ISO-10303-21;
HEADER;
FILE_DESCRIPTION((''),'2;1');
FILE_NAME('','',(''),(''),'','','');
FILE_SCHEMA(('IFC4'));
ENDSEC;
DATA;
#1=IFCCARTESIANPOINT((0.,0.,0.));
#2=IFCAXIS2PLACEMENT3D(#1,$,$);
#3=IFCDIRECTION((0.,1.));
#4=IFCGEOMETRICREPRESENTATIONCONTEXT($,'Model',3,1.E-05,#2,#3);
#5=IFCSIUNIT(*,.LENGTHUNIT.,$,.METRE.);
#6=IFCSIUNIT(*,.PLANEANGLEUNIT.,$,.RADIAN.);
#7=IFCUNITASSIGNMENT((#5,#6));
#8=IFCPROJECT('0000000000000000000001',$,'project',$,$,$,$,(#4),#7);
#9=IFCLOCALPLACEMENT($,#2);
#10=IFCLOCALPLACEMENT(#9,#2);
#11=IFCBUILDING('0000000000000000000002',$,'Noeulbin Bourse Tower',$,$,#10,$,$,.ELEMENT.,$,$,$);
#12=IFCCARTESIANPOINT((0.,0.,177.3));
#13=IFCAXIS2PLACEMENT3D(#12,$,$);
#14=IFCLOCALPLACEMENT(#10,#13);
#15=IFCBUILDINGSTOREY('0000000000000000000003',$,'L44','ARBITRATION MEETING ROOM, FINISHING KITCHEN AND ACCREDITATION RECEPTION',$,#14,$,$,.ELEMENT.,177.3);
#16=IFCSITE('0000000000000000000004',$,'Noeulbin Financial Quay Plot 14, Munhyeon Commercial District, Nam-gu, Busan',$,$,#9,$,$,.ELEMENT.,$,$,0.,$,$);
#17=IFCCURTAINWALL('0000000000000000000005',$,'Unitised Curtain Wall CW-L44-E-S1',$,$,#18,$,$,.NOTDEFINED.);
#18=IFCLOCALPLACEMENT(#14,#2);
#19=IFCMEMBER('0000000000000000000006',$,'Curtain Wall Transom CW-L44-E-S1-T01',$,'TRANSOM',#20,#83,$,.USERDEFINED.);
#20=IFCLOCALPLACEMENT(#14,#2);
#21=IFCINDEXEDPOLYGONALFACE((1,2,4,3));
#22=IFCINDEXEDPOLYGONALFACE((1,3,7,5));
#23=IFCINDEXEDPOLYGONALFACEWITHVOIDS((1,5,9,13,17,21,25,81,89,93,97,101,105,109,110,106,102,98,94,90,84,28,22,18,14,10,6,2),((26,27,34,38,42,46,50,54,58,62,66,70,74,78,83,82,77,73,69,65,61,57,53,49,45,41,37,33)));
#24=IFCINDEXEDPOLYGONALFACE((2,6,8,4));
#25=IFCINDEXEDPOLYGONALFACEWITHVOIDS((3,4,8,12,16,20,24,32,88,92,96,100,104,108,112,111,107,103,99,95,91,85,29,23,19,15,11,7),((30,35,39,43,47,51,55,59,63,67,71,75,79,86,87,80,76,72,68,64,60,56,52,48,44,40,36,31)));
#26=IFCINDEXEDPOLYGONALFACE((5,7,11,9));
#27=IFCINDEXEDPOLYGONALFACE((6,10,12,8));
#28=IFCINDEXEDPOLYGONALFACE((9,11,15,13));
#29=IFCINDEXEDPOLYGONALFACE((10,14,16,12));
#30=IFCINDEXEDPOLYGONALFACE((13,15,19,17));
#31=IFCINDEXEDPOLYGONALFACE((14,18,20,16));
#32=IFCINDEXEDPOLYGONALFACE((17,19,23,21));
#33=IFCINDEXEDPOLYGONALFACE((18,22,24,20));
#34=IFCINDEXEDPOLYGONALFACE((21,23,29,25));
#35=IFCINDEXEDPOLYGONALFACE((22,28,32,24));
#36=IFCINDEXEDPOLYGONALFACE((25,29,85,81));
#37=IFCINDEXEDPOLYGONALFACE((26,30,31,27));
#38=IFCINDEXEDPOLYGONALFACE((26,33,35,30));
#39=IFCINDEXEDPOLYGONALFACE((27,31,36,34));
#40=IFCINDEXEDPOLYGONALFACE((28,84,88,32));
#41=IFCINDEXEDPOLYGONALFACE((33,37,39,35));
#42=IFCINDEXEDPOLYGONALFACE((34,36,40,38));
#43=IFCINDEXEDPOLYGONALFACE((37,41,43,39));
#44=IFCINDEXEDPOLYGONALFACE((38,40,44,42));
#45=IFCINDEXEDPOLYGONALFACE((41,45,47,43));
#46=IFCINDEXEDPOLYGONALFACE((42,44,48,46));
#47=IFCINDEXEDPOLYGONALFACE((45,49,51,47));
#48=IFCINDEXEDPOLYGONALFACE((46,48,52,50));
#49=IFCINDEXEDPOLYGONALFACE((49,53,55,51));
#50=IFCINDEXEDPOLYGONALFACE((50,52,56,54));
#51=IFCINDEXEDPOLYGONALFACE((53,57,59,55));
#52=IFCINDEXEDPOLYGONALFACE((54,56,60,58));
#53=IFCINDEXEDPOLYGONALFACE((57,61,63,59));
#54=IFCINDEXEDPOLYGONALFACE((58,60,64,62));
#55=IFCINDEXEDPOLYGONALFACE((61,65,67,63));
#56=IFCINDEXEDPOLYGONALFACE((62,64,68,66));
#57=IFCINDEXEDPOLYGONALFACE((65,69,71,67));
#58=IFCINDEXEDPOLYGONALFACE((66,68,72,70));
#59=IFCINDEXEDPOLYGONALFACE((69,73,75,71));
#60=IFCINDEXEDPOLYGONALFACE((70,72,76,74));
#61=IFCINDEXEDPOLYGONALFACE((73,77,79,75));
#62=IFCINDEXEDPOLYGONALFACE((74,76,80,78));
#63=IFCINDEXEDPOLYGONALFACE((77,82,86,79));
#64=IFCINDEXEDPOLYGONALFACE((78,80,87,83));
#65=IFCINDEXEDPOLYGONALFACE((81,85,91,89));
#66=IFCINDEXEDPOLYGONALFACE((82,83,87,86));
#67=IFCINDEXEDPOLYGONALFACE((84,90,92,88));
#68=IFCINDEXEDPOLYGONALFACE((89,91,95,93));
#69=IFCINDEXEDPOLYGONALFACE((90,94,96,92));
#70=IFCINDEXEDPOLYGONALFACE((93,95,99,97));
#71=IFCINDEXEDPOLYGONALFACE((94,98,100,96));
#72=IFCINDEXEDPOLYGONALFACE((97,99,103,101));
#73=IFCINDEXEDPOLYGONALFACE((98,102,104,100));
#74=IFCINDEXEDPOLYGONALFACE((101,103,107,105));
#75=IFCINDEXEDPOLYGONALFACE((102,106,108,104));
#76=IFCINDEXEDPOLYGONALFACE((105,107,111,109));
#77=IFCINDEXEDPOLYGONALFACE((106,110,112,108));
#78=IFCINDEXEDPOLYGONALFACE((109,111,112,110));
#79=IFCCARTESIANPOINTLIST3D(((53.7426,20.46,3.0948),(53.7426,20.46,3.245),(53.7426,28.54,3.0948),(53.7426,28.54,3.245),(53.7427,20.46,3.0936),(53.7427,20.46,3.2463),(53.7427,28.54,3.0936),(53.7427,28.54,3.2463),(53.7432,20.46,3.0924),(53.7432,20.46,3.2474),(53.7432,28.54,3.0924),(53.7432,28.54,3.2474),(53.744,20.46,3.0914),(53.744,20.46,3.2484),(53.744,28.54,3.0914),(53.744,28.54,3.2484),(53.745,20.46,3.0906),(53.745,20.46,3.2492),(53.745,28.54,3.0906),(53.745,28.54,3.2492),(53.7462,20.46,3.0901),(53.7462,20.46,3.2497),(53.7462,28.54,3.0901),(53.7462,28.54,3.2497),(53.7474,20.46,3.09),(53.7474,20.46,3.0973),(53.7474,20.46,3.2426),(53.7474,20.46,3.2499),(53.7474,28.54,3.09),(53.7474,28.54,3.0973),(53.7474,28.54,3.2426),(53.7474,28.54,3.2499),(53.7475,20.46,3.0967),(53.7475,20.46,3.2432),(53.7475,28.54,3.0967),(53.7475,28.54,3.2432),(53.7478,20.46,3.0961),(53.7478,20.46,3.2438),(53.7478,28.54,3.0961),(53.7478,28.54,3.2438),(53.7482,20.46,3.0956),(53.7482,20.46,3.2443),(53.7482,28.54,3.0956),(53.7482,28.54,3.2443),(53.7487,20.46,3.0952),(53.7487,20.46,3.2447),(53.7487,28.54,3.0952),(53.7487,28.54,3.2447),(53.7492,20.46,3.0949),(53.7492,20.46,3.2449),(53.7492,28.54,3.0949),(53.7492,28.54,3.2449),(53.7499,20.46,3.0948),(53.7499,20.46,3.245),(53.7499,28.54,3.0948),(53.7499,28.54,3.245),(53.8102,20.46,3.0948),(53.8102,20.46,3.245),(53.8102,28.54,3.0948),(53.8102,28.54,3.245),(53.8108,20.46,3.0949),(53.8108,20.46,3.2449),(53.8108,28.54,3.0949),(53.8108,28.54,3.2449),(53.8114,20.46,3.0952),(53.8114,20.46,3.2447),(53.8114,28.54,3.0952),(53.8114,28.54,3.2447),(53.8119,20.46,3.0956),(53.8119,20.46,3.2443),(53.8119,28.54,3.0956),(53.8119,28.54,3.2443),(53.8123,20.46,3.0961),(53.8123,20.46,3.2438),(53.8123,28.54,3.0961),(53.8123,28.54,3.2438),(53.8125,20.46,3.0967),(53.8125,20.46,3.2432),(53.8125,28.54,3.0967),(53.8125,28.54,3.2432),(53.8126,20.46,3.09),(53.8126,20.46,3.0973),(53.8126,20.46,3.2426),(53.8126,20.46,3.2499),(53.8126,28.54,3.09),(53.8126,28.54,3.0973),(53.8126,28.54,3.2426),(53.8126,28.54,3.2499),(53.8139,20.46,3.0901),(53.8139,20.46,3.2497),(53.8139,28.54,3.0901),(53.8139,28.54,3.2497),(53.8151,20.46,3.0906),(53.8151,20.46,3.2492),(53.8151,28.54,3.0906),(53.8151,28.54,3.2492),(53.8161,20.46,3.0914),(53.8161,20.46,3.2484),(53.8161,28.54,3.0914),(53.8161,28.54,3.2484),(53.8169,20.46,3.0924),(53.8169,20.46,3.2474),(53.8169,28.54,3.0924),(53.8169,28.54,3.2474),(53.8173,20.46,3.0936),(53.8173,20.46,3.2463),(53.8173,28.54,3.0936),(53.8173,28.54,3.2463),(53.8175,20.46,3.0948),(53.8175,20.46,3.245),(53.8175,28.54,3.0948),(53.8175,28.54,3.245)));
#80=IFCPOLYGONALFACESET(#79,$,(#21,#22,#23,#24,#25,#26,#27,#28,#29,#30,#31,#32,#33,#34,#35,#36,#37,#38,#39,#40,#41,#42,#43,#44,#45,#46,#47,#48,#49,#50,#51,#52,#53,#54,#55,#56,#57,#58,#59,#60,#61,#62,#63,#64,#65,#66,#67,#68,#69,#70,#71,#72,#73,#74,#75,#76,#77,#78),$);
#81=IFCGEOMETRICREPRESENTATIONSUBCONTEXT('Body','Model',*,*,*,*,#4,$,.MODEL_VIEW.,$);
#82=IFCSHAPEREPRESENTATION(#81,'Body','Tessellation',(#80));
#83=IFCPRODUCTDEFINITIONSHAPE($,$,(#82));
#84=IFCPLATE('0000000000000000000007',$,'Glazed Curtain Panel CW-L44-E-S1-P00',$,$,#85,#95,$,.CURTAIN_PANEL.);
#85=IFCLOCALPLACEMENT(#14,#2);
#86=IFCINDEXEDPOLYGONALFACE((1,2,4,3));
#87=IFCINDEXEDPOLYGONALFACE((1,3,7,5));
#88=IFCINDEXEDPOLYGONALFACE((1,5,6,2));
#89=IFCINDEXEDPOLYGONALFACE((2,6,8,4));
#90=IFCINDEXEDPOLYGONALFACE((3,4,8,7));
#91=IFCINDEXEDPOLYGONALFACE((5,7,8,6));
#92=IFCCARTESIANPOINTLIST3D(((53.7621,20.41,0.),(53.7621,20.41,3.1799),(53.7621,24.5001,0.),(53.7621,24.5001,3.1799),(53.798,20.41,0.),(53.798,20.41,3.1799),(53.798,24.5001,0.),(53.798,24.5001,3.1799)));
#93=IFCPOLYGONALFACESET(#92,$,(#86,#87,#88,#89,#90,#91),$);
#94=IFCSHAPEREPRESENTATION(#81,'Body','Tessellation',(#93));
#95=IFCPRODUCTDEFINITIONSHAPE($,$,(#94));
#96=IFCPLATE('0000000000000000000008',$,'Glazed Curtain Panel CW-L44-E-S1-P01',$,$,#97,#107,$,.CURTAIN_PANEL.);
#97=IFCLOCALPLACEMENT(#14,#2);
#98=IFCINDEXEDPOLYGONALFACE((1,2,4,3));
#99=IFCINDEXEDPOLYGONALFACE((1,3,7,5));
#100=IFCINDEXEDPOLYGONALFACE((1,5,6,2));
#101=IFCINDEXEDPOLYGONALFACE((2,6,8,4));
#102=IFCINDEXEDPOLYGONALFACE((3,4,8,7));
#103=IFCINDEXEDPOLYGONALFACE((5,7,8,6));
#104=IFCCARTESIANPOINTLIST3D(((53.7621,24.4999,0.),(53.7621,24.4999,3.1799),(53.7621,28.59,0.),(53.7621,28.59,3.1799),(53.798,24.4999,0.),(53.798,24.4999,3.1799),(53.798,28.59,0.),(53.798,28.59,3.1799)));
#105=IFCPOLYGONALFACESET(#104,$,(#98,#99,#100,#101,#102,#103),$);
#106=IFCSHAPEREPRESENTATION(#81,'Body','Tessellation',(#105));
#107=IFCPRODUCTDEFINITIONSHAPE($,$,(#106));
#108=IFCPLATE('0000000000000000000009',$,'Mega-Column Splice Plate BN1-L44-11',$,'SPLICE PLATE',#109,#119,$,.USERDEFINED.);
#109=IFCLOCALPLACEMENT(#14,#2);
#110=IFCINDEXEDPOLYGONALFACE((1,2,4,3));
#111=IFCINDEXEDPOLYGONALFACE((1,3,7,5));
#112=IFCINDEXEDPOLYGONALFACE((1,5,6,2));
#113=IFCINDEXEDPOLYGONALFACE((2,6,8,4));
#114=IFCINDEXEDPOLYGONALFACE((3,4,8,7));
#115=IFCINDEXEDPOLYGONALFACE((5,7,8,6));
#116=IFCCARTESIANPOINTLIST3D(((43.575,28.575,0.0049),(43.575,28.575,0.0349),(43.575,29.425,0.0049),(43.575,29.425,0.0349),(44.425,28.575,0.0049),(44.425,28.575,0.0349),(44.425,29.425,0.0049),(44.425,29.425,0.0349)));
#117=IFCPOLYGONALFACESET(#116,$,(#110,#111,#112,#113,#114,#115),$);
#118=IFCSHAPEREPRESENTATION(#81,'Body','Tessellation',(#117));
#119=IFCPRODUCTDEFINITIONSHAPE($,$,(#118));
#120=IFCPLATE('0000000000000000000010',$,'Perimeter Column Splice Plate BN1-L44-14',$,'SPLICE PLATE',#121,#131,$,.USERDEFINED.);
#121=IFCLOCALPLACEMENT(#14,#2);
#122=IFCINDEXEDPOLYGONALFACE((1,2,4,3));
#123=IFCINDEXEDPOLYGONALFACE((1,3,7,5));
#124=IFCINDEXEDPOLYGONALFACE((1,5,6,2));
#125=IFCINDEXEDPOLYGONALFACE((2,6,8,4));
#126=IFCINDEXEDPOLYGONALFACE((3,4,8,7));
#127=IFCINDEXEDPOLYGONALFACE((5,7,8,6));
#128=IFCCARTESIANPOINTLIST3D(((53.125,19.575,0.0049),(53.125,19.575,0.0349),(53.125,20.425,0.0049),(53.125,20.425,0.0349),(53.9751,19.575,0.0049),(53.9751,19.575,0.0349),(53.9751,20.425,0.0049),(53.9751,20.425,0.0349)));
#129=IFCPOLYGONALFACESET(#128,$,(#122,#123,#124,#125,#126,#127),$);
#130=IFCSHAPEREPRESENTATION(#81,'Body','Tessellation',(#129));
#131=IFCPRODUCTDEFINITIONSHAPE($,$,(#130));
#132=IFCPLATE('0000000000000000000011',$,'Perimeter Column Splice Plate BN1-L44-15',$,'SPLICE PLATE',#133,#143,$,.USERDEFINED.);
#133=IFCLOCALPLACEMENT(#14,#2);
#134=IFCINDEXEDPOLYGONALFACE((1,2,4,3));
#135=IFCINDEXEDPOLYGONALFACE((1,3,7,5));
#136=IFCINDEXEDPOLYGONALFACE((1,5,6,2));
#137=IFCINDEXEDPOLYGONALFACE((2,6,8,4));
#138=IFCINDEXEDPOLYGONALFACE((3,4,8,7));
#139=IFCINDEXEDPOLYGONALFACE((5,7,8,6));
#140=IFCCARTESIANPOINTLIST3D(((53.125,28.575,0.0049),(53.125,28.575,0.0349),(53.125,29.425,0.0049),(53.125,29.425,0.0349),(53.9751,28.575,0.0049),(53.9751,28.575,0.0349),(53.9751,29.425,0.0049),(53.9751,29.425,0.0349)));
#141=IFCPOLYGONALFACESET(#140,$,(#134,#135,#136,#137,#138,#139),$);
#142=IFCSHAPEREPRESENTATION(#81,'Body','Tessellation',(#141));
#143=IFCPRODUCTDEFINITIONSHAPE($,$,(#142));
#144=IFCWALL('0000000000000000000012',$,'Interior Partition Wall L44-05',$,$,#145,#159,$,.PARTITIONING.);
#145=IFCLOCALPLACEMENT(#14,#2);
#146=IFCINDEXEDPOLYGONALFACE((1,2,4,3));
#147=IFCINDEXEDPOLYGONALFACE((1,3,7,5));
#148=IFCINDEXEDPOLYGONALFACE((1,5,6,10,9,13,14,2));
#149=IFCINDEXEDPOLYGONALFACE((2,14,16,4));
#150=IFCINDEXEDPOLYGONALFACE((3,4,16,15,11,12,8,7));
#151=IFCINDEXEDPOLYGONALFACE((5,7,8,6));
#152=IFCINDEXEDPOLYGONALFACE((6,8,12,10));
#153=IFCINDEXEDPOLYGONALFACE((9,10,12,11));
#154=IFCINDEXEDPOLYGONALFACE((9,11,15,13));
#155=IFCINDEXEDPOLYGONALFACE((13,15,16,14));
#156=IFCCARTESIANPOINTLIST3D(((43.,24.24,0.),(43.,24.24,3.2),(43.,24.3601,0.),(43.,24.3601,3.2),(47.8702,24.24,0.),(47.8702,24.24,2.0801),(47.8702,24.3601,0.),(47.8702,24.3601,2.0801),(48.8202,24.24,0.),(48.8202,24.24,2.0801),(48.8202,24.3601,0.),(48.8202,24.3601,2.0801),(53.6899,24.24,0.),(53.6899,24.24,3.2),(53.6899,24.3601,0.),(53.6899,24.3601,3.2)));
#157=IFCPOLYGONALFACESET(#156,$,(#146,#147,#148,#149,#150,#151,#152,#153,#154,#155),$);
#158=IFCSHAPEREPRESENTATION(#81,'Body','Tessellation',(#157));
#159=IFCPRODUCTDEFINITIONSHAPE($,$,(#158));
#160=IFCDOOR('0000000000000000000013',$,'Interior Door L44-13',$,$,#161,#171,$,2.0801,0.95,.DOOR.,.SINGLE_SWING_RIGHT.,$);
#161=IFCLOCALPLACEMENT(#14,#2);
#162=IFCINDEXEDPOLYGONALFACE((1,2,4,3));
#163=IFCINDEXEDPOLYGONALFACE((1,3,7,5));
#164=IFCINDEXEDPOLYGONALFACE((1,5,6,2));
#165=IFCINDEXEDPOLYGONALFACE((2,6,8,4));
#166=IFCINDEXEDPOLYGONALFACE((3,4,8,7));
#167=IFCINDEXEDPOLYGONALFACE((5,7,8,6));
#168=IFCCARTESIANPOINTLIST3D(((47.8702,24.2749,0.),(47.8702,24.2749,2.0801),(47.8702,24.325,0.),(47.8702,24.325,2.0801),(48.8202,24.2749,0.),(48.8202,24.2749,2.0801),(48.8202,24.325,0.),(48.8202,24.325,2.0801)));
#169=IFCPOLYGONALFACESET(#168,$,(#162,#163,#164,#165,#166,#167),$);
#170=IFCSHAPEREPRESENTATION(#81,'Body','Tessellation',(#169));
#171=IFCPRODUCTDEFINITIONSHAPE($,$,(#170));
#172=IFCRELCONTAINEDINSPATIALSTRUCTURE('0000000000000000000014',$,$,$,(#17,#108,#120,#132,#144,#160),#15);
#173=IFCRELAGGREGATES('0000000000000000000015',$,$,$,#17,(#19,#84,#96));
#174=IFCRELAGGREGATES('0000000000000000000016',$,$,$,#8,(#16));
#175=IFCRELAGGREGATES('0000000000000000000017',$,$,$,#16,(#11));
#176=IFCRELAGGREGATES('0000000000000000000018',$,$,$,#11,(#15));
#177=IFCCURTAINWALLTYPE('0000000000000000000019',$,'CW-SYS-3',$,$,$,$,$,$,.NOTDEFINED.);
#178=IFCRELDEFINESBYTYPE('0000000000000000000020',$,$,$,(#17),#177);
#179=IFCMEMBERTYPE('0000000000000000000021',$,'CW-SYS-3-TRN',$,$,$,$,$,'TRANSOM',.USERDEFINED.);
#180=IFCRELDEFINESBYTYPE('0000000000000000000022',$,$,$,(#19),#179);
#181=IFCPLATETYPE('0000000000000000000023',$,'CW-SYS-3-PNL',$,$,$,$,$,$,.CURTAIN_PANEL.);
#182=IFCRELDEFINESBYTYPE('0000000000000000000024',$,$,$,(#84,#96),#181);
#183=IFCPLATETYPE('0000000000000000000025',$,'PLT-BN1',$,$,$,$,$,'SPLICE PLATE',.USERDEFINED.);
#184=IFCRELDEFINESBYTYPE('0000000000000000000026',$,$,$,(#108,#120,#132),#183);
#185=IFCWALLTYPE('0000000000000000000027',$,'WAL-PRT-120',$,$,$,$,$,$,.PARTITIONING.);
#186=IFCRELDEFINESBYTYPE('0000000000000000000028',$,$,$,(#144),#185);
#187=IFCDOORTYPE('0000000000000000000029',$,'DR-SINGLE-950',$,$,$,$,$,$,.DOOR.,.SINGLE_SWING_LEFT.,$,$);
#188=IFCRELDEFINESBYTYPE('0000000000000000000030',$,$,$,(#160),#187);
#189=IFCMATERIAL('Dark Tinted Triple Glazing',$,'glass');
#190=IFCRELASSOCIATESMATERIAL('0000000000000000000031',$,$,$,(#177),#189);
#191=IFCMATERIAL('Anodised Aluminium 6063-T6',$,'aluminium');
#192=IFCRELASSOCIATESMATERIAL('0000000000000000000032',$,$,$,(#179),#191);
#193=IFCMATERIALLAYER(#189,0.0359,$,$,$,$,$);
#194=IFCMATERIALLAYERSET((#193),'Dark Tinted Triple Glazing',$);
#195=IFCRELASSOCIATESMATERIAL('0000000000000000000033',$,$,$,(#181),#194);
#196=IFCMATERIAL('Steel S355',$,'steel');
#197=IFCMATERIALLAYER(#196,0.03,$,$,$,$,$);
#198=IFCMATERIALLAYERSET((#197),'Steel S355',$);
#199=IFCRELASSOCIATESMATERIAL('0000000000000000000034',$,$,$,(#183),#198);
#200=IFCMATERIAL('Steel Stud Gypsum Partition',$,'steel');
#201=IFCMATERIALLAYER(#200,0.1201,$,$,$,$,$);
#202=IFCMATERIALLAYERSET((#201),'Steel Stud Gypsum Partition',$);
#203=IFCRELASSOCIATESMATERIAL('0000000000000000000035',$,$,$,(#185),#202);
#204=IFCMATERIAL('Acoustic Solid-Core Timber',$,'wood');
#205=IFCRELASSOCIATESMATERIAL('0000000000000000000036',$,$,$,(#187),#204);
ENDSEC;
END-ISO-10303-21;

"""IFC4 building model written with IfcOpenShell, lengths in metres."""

from ifc_helpers import new_model, si_unit, direction, frame, frame_2d, origin, origin_2d, place, context, subcontext, project, spatial, rectangle, hollow_rectangle, extrude, material, layer, layer_set, material_profile, profile_set, type_object, element, fill, aggregate, save


model = new_model("IFC4")

# Units and contexts
model_context = context("Model", 3, precision=1e-05, world=origin(), true_north=direction((0.0, 1.0)))
body_context = subcontext(model_context, "Body", "Model", "MODEL_VIEW")
ifc_project = project(units=[si_unit("LENGTHUNIT", "METRE"), si_unit("PLANEANGLEUNIT", "RADIAN")], contexts=[model_context])

# Site, building, storey
site_placement = place(None, origin())
site = spatial("IfcSite", under=ifc_project, at=site_placement, Name="Noeulbin Financial Quay Plot 14, Munhyeon Commercial District, Nam-gu, Busan", CompositionType="ELEMENT", RefElevation=0.0)
building_placement = place(site_placement, origin())
building = spatial("IfcBuilding", under=site, at=building_placement, Name="Noeulbin Bourse Tower", CompositionType="ELEMENT")
storey_placement = place(building_placement, frame((0.0, 0.0, 177.3)))
storey = spatial("IfcBuildingStorey", under=building, at=storey_placement, Name="L44", Description="ARBITRATION MEETING ROOM, FINISHING KITCHEN AND ACCREDITATION RECEPTION", CompositionType="ELEMENT", Elevation=177.3)

# Shared definitions
ifc_material_1 = material(Name="Steel S355", Category="steel")

# Curtain wall, member, plates
ifc_material_2 = material(Name="Dark Tinted Triple Glazing", Category="glass")
curtain_wall_type = type_object("IfcCurtainWallType", Name="CW-SYS-3", PredefinedType="NOTDEFINED", material=ifc_material_2)
curtain_wall_placement = place(storey_placement, origin())
curtain_wall = element("IfcCurtainWall", 1, at=curtain_wall_placement, inside=storey, type_object=curtain_wall_type, Name="Unitised Curtain Wall CW-L44-E-S1", PredefinedType="NOTDEFINED")
ifc_material_3 = material(Name="Anodised Aluminium 6063-T6", Category="aluminium")
ifc_material_profile_1 = material_profile(ifc_material_3, hollow_rectangle(XDim=0.075, YDim=0.1599, WallThickness=0.0049, InnerFilletRadius=0.0024, OuterFilletRadius=0.0049, at=origin_2d()), Name="ALU-TRAN-75x160x5", Category="LoadBearing")
ifc_profile_set_1 = profile_set([ifc_material_profile_1], Name="Anodised Aluminium 6063-T6")
member_type_1 = type_object("IfcMemberType", Name="CW-SYS-3-TRN", ElementType="TRANSOM", PredefinedType="USERDEFINED", material=ifc_profile_set_1)
member_1_placement = place(storey_placement, frame((53.78, 20.46, 3.1699), z_axis=(0.0, 1.0, 0.0), x_axis=(-1.0, 0.0, 0.0)))
member_1 = element("IfcMember", 2, at=member_1_placement, type_object=member_type_1, Name="Curtain Wall Transom CW-L44-E-S1-T01", ObjectType="TRANSOM", PredefinedType="USERDEFINED", context=body_context, shape_type="SweptSolid", body=[
    extrude(hollow_rectangle(XDim=0.075, YDim=0.1599, WallThickness=0.0049, InnerFilletRadius=0.0024, OuterFilletRadius=0.0049, at=origin_2d()), origin(), (0.0, 0.0, 1.0), 8.0801),
])
ifc_layer_1 = layer(ifc_material_2, 0.0359)
ifc_layer_set_1 = layer_set([ifc_layer_1], Name="Dark Tinted Triple Glazing")
plate_type_1 = type_object("IfcPlateType", Name="CW-SYS-3-PNL", PredefinedType="CURTAIN_PANEL", material=ifc_layer_set_1)
plate_1_placement = place(storey_placement, frame((53.78, 22.4551, 0.0), z_axis=(0.0, 0.0, 1.0), x_axis=(0.0, 1.0, 0.0)))
plate_1 = element("IfcPlate", 3, at=plate_1_placement, type_object=plate_type_1, Name="Glazed Curtain Panel CW-L44-E-S1-P00", PredefinedType="CURTAIN_PANEL", context=body_context, shape_type="SweptSolid", body=[
    extrude(rectangle(XDim=4.0901, YDim=0.0359, at=origin_2d()), origin(), (0.0, 0.0, 1.0), 3.1799),
])
plate_2_placement = place(storey_placement, frame((53.78, 26.5449, 0.0), z_axis=(0.0, 0.0, 1.0), x_axis=(0.0, 1.0, 0.0)))
plate_2 = element("IfcPlate", 4, at=plate_2_placement, type_object=plate_type_1, Name="Glazed Curtain Panel CW-L44-E-S1-P01", PredefinedType="CURTAIN_PANEL", context=body_context, shape_type="SweptSolid", body=[
    extrude(rectangle(XDim=4.0901, YDim=0.0359, at=origin_2d()), origin(), (0.0, 0.0, 1.0), 3.1799),
])
aggregate(curtain_wall, [member_1, plate_1, plate_2])

# Plates
ifc_layer_2 = layer(ifc_material_1, 0.03)
ifc_layer_set_2 = layer_set([ifc_layer_2], Name="Steel S355")
plate_type_2 = type_object("IfcPlateType", Name="PLT-BN1", ElementType="SPLICE PLATE", PredefinedType="USERDEFINED", material=ifc_layer_set_2)
for number, where, z_axis, x_axis, name in (
    (5, (44.0, 29.0, 0.0049), (0.0, 0.0, 1.0), (1.0, 0.0, 0.0), "Mega-Column Splice Plate BN1-L44-11"),
    (6, (53.55, 20.0, 0.0049), (0.0, 0.0, 1.0), (1.0, 0.0, 0.0), "Perimeter Column Splice Plate BN1-L44-14"),
    (7, (53.55, 29.0, 0.0049), (0.0, 0.0, 1.0), (1.0, 0.0, 0.0), "Perimeter Column Splice Plate BN1-L44-15"),
):
    element("IfcPlate", number, at=place(storey_placement, frame(where, z_axis=z_axis, x_axis=x_axis)), inside=storey, type_object=plate_type_2, Name=name, ObjectType="SPLICE PLATE", PredefinedType="USERDEFINED", context=body_context, shape_type="SweptSolid", body=[
        extrude(rectangle(XDim=0.8501, YDim=0.8501, at=origin_2d()), origin(), (0.0, 0.0, 1.0), 0.03),
    ])

# Wall, opening, door
ifc_material_4 = material(Name="Steel Stud Gypsum Partition", Category="steel")
ifc_layer_3 = layer(ifc_material_4, 0.1201)
ifc_layer_set_3 = layer_set([ifc_layer_3], Name="Steel Stud Gypsum Partition")
wall_type_1 = type_object("IfcWallType", Name="WAL-PRT-120", PredefinedType="PARTITIONING", material=ifc_layer_set_3)
wall_1_placement = place(storey_placement, frame((43.0, 24.3, 0.0), z_axis=(0.0, 0.0, 1.0), x_axis=(1.0, 0.0, 0.0)))
wall_1 = element("IfcWall", 8, at=wall_1_placement, inside=storey, type_object=wall_type_1, Name="Interior Partition Wall L44-05", PredefinedType="PARTITIONING", context=body_context, shape_type="SweptSolid", body=[
    extrude(rectangle(XDim=10.6899, YDim=0.1201, at=frame_2d((5.345, 0.0))), origin(), (0.0, 0.0, 1.0), 3.2),
])
opening_1_placement = place(wall_1_placement, frame((4.8701, 0.0, 0.0)))
opening_1 = element("IfcOpeningElement", 9, at=opening_1_placement, cuts=wall_1, PredefinedType="OPENING", context=body_context, shape_type="SweptSolid", body=[
    extrude(rectangle(XDim=0.95, YDim=2.0801, at=frame_2d((0.4751, 1.04))), frame((0.0, 0.0701, 0.0), z_axis=(0.0, -1.0, 0.0), x_axis=(1.0, 0.0, 0.0)), (0.0, 0.0, 1.0), 0.1401),
])
ifc_material_5 = material(Name="Acoustic Solid-Core Timber", Category="wood")
door_type = type_object("IfcDoorType", Name="DR-SINGLE-950", OperationType="SINGLE_SWING_LEFT", PredefinedType="DOOR", material=ifc_material_5)
door_1_placement = place(opening_1_placement, origin())
door_1 = element("IfcDoor", 10, at=door_1_placement, inside=storey, type_object=door_type, Name="Interior Door L44-13", OperationType="SINGLE_SWING_RIGHT", OverallHeight=2.0801, OverallWidth=0.95, PredefinedType="DOOR", context=body_context, shape_type="SweptSolid", body=[
    extrude(rectangle(XDim=0.95, YDim=2.0801, at=frame_2d((0.4751, 1.04))), frame((0.0, 0.0249, 0.0), z_axis=(0.0, -1.0, 0.0), x_axis=(1.0, 0.0, 0.0)), (0.0, 0.0, 1.0), 0.05),
])
fill(opening_1, door_1)

save(model, "model.ifc")
